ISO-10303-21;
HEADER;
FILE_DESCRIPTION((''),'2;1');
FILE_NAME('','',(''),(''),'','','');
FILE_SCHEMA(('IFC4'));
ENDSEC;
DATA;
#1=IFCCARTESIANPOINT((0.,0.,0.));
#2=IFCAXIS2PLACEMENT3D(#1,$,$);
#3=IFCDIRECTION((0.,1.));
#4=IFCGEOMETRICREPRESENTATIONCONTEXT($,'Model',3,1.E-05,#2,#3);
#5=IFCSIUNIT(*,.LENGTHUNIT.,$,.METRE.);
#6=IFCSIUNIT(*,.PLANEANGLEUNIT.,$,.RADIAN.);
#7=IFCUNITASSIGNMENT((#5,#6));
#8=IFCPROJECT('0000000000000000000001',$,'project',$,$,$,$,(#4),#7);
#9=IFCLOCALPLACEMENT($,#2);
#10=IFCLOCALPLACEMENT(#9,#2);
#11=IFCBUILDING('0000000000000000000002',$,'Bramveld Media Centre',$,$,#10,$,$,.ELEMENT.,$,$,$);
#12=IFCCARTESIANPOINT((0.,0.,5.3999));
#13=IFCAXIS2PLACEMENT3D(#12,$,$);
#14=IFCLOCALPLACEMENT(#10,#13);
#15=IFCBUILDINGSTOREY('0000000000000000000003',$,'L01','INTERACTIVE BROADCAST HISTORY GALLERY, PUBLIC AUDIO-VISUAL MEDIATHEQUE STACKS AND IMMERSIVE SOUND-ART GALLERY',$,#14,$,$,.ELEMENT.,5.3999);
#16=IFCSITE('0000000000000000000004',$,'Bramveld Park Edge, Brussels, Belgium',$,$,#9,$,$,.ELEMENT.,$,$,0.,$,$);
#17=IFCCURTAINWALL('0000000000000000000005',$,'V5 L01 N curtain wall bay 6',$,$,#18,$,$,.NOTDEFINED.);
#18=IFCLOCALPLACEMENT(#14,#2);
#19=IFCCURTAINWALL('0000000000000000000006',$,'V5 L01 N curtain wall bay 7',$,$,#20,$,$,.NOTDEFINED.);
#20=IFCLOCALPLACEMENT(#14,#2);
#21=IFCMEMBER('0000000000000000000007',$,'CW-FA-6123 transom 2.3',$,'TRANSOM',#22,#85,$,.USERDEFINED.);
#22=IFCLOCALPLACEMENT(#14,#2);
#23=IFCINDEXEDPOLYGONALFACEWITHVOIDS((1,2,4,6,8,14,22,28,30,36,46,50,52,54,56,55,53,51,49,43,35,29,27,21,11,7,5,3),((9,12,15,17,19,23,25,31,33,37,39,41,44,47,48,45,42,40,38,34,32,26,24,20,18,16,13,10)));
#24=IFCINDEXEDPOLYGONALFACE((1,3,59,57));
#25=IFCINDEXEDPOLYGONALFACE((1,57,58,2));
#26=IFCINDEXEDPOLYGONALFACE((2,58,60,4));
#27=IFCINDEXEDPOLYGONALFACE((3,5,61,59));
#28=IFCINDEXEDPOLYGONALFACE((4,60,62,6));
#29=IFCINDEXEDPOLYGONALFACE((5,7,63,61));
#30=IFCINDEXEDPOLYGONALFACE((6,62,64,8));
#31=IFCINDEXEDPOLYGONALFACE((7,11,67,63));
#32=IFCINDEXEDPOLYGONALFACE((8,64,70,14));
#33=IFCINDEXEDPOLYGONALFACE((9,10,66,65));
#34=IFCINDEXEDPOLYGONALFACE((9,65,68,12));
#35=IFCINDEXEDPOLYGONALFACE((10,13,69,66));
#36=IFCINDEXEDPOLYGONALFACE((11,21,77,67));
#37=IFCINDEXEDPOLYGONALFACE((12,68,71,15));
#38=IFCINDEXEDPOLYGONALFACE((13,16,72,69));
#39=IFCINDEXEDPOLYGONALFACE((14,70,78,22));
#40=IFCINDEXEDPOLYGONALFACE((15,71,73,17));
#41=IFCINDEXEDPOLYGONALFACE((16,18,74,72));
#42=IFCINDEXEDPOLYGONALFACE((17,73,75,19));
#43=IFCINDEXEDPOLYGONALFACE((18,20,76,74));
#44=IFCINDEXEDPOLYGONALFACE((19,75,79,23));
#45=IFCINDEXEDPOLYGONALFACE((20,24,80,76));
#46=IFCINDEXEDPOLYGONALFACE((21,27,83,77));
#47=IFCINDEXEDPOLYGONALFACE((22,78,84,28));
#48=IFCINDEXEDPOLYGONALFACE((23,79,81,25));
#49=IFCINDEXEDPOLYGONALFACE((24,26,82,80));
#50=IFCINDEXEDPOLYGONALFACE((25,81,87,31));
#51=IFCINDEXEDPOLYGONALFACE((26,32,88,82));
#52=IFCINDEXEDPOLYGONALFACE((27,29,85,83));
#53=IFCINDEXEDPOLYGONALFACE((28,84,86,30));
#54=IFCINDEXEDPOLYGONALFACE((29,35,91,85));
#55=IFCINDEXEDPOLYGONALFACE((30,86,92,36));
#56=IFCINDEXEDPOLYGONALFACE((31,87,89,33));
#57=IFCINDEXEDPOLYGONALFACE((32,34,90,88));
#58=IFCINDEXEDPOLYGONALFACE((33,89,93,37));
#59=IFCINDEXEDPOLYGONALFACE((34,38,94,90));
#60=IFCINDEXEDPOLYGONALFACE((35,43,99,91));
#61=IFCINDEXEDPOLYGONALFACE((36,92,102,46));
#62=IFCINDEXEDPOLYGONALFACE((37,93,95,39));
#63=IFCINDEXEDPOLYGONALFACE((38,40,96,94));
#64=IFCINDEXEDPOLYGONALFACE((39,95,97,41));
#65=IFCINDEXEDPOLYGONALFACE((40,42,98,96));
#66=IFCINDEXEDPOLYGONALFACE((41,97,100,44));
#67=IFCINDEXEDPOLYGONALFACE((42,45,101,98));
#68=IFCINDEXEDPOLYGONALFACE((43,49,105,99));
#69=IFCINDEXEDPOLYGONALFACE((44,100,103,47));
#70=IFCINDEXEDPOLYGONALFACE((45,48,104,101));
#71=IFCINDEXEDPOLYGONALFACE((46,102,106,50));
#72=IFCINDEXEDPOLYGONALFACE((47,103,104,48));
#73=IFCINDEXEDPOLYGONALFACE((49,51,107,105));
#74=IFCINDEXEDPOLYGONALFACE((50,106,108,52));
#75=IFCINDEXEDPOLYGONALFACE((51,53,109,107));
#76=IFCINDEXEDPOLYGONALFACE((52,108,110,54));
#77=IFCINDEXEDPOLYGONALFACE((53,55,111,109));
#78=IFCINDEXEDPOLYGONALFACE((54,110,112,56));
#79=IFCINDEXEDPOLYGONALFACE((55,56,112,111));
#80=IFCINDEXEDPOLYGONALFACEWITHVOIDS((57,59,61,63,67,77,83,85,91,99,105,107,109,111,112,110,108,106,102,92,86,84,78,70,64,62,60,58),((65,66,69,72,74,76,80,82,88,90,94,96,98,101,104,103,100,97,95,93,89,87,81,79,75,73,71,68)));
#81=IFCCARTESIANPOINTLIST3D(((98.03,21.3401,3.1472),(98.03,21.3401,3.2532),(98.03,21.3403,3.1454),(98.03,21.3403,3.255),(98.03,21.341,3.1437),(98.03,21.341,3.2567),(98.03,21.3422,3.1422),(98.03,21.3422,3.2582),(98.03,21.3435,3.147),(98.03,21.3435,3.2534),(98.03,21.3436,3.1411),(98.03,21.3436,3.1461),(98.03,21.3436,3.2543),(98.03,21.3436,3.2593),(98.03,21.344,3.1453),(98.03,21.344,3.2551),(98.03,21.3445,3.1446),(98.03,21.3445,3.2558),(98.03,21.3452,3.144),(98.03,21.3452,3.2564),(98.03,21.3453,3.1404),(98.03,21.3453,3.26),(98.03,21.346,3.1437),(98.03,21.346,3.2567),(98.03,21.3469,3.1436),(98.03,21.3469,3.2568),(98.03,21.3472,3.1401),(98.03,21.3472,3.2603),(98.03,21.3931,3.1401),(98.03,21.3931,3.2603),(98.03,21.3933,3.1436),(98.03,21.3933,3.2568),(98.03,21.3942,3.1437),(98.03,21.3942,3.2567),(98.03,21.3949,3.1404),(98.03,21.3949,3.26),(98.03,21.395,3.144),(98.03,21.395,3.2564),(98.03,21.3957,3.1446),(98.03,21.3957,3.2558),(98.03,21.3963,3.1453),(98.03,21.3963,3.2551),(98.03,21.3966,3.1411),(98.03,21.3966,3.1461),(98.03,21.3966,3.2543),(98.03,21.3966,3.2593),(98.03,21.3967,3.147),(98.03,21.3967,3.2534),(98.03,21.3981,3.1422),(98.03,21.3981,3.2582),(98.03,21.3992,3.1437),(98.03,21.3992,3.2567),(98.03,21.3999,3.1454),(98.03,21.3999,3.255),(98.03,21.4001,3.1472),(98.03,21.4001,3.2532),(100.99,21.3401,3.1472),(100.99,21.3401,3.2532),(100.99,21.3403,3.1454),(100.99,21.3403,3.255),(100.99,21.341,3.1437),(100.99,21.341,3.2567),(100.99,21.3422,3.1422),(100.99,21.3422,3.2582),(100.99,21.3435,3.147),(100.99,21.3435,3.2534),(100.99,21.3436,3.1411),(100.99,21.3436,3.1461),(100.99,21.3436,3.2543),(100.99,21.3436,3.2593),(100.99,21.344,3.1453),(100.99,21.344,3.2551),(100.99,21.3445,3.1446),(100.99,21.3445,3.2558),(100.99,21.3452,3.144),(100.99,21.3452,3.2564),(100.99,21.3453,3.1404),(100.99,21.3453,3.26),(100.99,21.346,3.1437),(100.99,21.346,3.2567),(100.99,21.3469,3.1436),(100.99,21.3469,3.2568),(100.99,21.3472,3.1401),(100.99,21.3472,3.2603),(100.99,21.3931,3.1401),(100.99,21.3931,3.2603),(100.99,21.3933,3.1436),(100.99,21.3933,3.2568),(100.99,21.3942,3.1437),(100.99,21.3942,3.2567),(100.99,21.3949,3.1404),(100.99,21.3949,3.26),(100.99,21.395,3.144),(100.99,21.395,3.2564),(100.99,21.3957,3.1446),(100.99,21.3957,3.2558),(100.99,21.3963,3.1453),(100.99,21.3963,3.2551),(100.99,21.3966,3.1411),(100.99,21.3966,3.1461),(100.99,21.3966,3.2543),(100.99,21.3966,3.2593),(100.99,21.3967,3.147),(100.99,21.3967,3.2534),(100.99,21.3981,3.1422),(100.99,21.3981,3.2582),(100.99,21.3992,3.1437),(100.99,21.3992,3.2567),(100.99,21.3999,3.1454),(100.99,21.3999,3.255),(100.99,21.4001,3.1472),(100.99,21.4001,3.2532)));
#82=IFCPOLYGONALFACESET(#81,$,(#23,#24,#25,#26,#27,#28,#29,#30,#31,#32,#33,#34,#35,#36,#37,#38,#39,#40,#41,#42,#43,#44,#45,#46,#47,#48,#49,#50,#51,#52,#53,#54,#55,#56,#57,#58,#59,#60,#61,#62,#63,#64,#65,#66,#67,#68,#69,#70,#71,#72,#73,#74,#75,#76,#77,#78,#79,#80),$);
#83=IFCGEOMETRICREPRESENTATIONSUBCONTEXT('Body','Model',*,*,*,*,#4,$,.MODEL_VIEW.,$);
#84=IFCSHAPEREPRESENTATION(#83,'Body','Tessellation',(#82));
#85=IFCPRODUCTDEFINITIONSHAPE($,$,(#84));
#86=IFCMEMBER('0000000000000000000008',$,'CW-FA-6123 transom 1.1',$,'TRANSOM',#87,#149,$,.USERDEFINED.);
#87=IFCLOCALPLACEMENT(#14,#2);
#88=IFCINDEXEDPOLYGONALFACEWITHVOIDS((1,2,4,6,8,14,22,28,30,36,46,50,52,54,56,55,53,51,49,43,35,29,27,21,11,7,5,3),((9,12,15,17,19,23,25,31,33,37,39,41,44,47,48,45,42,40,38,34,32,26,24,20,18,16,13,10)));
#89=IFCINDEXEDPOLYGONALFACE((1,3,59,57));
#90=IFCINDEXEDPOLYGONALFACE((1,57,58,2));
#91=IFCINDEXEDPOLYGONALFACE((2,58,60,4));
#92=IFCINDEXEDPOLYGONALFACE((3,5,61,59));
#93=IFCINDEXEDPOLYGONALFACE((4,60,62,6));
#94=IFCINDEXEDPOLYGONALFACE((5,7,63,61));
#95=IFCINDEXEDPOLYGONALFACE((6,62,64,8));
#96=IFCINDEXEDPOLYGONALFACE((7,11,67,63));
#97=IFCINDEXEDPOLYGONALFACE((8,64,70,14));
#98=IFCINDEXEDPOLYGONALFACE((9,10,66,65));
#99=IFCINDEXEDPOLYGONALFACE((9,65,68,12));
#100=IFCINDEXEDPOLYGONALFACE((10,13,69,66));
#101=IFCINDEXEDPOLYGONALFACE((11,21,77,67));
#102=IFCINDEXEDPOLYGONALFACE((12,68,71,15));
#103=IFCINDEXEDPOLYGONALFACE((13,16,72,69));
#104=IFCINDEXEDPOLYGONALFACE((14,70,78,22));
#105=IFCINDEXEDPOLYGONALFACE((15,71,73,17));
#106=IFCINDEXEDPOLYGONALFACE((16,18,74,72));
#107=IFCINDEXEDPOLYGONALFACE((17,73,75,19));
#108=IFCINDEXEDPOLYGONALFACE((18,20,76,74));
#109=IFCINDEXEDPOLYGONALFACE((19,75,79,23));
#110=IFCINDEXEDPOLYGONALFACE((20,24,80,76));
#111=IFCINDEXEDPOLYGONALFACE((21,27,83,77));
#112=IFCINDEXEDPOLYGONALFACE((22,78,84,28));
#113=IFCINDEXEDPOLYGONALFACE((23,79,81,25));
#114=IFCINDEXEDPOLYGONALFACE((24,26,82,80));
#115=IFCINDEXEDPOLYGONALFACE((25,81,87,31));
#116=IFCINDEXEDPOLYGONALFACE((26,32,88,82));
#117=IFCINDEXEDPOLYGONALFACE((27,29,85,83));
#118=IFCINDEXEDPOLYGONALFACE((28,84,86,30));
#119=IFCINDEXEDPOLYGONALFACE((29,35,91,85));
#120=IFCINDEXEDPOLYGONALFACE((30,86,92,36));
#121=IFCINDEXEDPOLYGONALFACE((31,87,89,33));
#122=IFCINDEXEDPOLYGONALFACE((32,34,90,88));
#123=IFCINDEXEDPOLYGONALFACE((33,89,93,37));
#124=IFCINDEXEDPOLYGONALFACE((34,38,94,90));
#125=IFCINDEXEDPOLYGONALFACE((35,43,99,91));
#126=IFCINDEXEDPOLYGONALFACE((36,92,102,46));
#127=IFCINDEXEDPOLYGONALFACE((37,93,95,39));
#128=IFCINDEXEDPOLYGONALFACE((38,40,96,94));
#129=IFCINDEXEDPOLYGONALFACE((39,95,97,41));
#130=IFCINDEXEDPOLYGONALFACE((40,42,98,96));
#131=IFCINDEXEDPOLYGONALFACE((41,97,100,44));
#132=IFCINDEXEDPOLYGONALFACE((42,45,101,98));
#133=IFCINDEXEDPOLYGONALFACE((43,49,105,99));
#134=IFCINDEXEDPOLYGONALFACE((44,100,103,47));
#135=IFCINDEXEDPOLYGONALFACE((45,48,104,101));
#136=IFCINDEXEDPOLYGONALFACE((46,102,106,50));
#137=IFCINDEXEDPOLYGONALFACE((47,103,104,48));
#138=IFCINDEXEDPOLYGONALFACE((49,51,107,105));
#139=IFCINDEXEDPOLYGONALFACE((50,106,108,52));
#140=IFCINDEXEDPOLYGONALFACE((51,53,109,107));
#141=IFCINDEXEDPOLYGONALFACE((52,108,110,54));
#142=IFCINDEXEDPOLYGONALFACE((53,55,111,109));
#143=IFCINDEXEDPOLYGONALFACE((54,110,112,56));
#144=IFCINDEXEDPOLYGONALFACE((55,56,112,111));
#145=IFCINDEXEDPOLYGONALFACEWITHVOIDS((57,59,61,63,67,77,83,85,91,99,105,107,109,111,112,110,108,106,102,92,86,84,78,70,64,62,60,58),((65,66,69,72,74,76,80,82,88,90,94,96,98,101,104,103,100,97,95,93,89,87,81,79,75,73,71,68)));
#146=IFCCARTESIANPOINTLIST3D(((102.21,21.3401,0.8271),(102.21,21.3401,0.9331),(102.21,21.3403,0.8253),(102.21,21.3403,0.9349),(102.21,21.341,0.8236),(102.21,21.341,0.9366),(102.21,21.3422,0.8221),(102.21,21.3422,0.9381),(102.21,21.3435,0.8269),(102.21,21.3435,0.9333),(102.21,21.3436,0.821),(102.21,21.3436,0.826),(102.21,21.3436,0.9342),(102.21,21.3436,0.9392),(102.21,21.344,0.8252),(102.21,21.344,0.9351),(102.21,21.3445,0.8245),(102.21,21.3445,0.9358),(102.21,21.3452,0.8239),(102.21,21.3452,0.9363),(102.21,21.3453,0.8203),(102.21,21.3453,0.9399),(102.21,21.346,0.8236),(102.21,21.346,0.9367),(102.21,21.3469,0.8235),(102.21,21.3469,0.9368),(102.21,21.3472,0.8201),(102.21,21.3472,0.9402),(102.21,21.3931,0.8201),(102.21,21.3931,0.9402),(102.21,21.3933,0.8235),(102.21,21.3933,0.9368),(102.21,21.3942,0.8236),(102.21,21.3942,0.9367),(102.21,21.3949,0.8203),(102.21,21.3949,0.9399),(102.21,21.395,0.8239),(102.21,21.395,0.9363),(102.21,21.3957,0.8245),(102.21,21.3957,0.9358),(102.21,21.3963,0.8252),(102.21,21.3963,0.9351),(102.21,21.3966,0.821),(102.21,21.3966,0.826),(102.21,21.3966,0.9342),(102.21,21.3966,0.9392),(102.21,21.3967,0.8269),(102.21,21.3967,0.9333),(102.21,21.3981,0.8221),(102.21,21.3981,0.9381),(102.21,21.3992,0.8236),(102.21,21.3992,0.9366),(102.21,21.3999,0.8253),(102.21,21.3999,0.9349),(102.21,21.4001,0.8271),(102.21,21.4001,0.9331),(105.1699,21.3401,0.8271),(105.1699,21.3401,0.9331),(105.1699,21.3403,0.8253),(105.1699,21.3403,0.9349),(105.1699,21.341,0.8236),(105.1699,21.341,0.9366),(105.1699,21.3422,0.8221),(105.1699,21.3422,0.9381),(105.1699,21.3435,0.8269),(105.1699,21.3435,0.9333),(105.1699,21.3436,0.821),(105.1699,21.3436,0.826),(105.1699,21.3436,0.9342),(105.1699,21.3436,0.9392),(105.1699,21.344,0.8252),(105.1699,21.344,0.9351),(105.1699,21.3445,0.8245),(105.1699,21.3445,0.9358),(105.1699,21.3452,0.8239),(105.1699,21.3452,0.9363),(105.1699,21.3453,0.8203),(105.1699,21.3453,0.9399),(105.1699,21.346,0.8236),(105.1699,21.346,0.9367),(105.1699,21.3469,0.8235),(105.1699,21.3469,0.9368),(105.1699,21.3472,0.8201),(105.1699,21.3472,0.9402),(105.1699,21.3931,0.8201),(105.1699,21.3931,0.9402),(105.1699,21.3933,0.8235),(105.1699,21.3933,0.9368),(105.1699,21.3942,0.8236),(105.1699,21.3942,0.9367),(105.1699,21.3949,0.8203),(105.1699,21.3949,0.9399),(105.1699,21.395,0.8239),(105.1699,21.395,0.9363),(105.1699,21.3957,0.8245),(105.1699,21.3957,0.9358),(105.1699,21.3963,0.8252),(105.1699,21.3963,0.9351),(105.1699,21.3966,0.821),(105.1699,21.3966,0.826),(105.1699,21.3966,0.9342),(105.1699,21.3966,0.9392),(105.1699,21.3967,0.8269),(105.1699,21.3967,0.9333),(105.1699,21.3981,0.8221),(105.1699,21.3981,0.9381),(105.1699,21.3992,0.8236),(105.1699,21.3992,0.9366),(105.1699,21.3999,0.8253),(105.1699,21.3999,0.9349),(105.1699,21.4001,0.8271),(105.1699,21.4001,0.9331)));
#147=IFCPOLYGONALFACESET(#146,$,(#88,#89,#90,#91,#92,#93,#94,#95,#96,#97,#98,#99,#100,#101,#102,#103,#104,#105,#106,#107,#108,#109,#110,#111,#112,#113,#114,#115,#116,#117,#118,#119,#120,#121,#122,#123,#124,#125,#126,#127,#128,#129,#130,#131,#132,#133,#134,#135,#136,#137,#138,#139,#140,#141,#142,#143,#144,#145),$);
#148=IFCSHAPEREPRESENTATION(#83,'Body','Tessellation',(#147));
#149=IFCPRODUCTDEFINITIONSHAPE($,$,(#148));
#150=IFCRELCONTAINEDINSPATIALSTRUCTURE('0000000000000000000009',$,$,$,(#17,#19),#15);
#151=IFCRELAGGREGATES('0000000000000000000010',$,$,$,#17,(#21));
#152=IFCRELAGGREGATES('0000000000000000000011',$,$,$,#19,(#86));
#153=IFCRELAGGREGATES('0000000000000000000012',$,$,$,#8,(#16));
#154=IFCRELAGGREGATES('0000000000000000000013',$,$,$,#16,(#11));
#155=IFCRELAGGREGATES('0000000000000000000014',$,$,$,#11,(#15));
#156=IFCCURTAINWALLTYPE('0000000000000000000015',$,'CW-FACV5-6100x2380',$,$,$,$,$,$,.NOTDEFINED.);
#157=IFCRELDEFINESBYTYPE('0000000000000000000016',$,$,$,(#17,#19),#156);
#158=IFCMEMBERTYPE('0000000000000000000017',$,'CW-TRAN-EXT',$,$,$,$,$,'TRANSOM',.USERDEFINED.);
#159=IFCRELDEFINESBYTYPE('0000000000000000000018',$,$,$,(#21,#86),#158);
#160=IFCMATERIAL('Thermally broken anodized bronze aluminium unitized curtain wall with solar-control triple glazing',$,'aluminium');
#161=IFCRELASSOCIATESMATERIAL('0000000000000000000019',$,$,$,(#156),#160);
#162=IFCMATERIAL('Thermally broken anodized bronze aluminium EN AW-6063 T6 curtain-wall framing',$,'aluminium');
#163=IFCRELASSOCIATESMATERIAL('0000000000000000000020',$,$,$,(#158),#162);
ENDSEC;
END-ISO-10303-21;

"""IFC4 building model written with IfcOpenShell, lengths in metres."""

from ifc_helpers import new_model, si_unit, direction, frame, origin, origin_2d, place, context, subcontext, project, spatial, hollow_rectangle, extrude, material, material_profile, profile_set, type_object, element, aggregate, save


model = new_model("IFC4")

# Units and contexts
model_context = context("Model", 3, precision=1e-05, world=origin(), true_north=direction((0.0, 1.0)))
body_context = subcontext(model_context, "Body", "Model", "MODEL_VIEW")
ifc_project = project(units=[si_unit("LENGTHUNIT", "METRE"), si_unit("PLANEANGLEUNIT", "RADIAN")], contexts=[model_context])

# Site, building, storey
site_placement = place(None, origin())
site = spatial("IfcSite", under=ifc_project, at=site_placement, Name="Bramveld Park Edge, Brussels, Belgium", CompositionType="ELEMENT", RefElevation=0.0)
building_placement = place(site_placement, origin())
building = spatial("IfcBuilding", under=site, at=building_placement, Name="Bramveld Media Centre", CompositionType="ELEMENT")
storey_placement = place(building_placement, frame((0.0, 0.0, 5.3999)))
storey = spatial("IfcBuildingStorey", under=building, at=storey_placement, Name="L01", Description="INTERACTIVE BROADCAST HISTORY GALLERY, PUBLIC AUDIO-VISUAL MEDIATHEQUE STACKS AND IMMERSIVE SOUND-ART GALLERY", CompositionType="ELEMENT", Elevation=5.3999)

# Curtain wall
ifc_material_1 = material(Name="Thermally broken anodized bronze aluminium unitized curtain wall with solar-control triple glazing", Category="aluminium")
curtain_wall_type = type_object("IfcCurtainWallType", Name="CW-FACV5-6100x2380", PredefinedType="NOTDEFINED", material=ifc_material_1)
curtain_wall_1_placement = place(storey_placement, origin())
curtain_wall_1 = element("IfcCurtainWall", 1, at=curtain_wall_1_placement, inside=storey, type_object=curtain_wall_type, Name="V5 L01 N curtain wall bay 6", PredefinedType="NOTDEFINED")

# Curtain wall
curtain_wall_2_placement = place(storey_placement, origin())
curtain_wall_2 = element("IfcCurtainWall", 2, at=curtain_wall_2_placement, inside=storey, type_object=curtain_wall_type, Name="V5 L01 N curtain wall bay 7", PredefinedType="NOTDEFINED")

# Members
ifc_material_2 = material(Name="Thermally broken anodized bronze aluminium EN AW-6063 T6 curtain-wall framing", Category="aluminium")
ifc_material_profile_1 = material_profile(ifc_material_2, hollow_rectangle(XDim=0.0601, YDim=0.1201, WallThickness=0.0034, InnerFilletRadius=0.0034, OuterFilletRadius=0.0071, at=origin_2d()), Name="AL-TRAN 60x120")
ifc_profile_set_1 = profile_set([ifc_material_profile_1], Name="Thermally broken anodized bronze aluminium EN AW-6063 T6 curtain-wall framing")
member_type_1 = type_object("IfcMemberType", Name="CW-TRAN-EXT", ElementType="TRANSOM", PredefinedType="USERDEFINED", material=ifc_profile_set_1)
member_1_placement = place(storey_placement, frame((98.03, 21.3701, 3.2002), z_axis=(1.0, 0.0, 0.0), x_axis=(0.0, 1.0, 0.0)))
member_1 = element("IfcMember", 3, at=member_1_placement, type_object=member_type_1, Name="CW-FA-6123 transom 2.3", ObjectType="TRANSOM", PredefinedType="USERDEFINED", context=body_context, shape_type="SweptSolid", body=[
    extrude(hollow_rectangle(XDim=0.0601, YDim=0.1201, WallThickness=0.0034, InnerFilletRadius=0.0034, OuterFilletRadius=0.0071, at=origin_2d()), origin(), (0.0, 0.0, 1.0), 2.96),
])
member_2_placement = place(storey_placement, frame((102.21, 21.3701, 0.8801), z_axis=(1.0, 0.0, 0.0), x_axis=(0.0, 1.0, 0.0)))
member_2 = element("IfcMember", 4, at=member_2_placement, type_object=member_type_1, Name="CW-FA-6123 transom 1.1", ObjectType="TRANSOM", PredefinedType="USERDEFINED", context=body_context, shape_type="SweptSolid", body=[
    extrude(hollow_rectangle(XDim=0.0601, YDim=0.1201, WallThickness=0.0034, InnerFilletRadius=0.0034, OuterFilletRadius=0.0071, at=origin_2d()), origin(), (0.0, 0.0, 1.0), 2.96),
])

aggregate(curtain_wall_1, [member_1])
aggregate(curtain_wall_2, [member_2])

save(model, "model.ifc")
